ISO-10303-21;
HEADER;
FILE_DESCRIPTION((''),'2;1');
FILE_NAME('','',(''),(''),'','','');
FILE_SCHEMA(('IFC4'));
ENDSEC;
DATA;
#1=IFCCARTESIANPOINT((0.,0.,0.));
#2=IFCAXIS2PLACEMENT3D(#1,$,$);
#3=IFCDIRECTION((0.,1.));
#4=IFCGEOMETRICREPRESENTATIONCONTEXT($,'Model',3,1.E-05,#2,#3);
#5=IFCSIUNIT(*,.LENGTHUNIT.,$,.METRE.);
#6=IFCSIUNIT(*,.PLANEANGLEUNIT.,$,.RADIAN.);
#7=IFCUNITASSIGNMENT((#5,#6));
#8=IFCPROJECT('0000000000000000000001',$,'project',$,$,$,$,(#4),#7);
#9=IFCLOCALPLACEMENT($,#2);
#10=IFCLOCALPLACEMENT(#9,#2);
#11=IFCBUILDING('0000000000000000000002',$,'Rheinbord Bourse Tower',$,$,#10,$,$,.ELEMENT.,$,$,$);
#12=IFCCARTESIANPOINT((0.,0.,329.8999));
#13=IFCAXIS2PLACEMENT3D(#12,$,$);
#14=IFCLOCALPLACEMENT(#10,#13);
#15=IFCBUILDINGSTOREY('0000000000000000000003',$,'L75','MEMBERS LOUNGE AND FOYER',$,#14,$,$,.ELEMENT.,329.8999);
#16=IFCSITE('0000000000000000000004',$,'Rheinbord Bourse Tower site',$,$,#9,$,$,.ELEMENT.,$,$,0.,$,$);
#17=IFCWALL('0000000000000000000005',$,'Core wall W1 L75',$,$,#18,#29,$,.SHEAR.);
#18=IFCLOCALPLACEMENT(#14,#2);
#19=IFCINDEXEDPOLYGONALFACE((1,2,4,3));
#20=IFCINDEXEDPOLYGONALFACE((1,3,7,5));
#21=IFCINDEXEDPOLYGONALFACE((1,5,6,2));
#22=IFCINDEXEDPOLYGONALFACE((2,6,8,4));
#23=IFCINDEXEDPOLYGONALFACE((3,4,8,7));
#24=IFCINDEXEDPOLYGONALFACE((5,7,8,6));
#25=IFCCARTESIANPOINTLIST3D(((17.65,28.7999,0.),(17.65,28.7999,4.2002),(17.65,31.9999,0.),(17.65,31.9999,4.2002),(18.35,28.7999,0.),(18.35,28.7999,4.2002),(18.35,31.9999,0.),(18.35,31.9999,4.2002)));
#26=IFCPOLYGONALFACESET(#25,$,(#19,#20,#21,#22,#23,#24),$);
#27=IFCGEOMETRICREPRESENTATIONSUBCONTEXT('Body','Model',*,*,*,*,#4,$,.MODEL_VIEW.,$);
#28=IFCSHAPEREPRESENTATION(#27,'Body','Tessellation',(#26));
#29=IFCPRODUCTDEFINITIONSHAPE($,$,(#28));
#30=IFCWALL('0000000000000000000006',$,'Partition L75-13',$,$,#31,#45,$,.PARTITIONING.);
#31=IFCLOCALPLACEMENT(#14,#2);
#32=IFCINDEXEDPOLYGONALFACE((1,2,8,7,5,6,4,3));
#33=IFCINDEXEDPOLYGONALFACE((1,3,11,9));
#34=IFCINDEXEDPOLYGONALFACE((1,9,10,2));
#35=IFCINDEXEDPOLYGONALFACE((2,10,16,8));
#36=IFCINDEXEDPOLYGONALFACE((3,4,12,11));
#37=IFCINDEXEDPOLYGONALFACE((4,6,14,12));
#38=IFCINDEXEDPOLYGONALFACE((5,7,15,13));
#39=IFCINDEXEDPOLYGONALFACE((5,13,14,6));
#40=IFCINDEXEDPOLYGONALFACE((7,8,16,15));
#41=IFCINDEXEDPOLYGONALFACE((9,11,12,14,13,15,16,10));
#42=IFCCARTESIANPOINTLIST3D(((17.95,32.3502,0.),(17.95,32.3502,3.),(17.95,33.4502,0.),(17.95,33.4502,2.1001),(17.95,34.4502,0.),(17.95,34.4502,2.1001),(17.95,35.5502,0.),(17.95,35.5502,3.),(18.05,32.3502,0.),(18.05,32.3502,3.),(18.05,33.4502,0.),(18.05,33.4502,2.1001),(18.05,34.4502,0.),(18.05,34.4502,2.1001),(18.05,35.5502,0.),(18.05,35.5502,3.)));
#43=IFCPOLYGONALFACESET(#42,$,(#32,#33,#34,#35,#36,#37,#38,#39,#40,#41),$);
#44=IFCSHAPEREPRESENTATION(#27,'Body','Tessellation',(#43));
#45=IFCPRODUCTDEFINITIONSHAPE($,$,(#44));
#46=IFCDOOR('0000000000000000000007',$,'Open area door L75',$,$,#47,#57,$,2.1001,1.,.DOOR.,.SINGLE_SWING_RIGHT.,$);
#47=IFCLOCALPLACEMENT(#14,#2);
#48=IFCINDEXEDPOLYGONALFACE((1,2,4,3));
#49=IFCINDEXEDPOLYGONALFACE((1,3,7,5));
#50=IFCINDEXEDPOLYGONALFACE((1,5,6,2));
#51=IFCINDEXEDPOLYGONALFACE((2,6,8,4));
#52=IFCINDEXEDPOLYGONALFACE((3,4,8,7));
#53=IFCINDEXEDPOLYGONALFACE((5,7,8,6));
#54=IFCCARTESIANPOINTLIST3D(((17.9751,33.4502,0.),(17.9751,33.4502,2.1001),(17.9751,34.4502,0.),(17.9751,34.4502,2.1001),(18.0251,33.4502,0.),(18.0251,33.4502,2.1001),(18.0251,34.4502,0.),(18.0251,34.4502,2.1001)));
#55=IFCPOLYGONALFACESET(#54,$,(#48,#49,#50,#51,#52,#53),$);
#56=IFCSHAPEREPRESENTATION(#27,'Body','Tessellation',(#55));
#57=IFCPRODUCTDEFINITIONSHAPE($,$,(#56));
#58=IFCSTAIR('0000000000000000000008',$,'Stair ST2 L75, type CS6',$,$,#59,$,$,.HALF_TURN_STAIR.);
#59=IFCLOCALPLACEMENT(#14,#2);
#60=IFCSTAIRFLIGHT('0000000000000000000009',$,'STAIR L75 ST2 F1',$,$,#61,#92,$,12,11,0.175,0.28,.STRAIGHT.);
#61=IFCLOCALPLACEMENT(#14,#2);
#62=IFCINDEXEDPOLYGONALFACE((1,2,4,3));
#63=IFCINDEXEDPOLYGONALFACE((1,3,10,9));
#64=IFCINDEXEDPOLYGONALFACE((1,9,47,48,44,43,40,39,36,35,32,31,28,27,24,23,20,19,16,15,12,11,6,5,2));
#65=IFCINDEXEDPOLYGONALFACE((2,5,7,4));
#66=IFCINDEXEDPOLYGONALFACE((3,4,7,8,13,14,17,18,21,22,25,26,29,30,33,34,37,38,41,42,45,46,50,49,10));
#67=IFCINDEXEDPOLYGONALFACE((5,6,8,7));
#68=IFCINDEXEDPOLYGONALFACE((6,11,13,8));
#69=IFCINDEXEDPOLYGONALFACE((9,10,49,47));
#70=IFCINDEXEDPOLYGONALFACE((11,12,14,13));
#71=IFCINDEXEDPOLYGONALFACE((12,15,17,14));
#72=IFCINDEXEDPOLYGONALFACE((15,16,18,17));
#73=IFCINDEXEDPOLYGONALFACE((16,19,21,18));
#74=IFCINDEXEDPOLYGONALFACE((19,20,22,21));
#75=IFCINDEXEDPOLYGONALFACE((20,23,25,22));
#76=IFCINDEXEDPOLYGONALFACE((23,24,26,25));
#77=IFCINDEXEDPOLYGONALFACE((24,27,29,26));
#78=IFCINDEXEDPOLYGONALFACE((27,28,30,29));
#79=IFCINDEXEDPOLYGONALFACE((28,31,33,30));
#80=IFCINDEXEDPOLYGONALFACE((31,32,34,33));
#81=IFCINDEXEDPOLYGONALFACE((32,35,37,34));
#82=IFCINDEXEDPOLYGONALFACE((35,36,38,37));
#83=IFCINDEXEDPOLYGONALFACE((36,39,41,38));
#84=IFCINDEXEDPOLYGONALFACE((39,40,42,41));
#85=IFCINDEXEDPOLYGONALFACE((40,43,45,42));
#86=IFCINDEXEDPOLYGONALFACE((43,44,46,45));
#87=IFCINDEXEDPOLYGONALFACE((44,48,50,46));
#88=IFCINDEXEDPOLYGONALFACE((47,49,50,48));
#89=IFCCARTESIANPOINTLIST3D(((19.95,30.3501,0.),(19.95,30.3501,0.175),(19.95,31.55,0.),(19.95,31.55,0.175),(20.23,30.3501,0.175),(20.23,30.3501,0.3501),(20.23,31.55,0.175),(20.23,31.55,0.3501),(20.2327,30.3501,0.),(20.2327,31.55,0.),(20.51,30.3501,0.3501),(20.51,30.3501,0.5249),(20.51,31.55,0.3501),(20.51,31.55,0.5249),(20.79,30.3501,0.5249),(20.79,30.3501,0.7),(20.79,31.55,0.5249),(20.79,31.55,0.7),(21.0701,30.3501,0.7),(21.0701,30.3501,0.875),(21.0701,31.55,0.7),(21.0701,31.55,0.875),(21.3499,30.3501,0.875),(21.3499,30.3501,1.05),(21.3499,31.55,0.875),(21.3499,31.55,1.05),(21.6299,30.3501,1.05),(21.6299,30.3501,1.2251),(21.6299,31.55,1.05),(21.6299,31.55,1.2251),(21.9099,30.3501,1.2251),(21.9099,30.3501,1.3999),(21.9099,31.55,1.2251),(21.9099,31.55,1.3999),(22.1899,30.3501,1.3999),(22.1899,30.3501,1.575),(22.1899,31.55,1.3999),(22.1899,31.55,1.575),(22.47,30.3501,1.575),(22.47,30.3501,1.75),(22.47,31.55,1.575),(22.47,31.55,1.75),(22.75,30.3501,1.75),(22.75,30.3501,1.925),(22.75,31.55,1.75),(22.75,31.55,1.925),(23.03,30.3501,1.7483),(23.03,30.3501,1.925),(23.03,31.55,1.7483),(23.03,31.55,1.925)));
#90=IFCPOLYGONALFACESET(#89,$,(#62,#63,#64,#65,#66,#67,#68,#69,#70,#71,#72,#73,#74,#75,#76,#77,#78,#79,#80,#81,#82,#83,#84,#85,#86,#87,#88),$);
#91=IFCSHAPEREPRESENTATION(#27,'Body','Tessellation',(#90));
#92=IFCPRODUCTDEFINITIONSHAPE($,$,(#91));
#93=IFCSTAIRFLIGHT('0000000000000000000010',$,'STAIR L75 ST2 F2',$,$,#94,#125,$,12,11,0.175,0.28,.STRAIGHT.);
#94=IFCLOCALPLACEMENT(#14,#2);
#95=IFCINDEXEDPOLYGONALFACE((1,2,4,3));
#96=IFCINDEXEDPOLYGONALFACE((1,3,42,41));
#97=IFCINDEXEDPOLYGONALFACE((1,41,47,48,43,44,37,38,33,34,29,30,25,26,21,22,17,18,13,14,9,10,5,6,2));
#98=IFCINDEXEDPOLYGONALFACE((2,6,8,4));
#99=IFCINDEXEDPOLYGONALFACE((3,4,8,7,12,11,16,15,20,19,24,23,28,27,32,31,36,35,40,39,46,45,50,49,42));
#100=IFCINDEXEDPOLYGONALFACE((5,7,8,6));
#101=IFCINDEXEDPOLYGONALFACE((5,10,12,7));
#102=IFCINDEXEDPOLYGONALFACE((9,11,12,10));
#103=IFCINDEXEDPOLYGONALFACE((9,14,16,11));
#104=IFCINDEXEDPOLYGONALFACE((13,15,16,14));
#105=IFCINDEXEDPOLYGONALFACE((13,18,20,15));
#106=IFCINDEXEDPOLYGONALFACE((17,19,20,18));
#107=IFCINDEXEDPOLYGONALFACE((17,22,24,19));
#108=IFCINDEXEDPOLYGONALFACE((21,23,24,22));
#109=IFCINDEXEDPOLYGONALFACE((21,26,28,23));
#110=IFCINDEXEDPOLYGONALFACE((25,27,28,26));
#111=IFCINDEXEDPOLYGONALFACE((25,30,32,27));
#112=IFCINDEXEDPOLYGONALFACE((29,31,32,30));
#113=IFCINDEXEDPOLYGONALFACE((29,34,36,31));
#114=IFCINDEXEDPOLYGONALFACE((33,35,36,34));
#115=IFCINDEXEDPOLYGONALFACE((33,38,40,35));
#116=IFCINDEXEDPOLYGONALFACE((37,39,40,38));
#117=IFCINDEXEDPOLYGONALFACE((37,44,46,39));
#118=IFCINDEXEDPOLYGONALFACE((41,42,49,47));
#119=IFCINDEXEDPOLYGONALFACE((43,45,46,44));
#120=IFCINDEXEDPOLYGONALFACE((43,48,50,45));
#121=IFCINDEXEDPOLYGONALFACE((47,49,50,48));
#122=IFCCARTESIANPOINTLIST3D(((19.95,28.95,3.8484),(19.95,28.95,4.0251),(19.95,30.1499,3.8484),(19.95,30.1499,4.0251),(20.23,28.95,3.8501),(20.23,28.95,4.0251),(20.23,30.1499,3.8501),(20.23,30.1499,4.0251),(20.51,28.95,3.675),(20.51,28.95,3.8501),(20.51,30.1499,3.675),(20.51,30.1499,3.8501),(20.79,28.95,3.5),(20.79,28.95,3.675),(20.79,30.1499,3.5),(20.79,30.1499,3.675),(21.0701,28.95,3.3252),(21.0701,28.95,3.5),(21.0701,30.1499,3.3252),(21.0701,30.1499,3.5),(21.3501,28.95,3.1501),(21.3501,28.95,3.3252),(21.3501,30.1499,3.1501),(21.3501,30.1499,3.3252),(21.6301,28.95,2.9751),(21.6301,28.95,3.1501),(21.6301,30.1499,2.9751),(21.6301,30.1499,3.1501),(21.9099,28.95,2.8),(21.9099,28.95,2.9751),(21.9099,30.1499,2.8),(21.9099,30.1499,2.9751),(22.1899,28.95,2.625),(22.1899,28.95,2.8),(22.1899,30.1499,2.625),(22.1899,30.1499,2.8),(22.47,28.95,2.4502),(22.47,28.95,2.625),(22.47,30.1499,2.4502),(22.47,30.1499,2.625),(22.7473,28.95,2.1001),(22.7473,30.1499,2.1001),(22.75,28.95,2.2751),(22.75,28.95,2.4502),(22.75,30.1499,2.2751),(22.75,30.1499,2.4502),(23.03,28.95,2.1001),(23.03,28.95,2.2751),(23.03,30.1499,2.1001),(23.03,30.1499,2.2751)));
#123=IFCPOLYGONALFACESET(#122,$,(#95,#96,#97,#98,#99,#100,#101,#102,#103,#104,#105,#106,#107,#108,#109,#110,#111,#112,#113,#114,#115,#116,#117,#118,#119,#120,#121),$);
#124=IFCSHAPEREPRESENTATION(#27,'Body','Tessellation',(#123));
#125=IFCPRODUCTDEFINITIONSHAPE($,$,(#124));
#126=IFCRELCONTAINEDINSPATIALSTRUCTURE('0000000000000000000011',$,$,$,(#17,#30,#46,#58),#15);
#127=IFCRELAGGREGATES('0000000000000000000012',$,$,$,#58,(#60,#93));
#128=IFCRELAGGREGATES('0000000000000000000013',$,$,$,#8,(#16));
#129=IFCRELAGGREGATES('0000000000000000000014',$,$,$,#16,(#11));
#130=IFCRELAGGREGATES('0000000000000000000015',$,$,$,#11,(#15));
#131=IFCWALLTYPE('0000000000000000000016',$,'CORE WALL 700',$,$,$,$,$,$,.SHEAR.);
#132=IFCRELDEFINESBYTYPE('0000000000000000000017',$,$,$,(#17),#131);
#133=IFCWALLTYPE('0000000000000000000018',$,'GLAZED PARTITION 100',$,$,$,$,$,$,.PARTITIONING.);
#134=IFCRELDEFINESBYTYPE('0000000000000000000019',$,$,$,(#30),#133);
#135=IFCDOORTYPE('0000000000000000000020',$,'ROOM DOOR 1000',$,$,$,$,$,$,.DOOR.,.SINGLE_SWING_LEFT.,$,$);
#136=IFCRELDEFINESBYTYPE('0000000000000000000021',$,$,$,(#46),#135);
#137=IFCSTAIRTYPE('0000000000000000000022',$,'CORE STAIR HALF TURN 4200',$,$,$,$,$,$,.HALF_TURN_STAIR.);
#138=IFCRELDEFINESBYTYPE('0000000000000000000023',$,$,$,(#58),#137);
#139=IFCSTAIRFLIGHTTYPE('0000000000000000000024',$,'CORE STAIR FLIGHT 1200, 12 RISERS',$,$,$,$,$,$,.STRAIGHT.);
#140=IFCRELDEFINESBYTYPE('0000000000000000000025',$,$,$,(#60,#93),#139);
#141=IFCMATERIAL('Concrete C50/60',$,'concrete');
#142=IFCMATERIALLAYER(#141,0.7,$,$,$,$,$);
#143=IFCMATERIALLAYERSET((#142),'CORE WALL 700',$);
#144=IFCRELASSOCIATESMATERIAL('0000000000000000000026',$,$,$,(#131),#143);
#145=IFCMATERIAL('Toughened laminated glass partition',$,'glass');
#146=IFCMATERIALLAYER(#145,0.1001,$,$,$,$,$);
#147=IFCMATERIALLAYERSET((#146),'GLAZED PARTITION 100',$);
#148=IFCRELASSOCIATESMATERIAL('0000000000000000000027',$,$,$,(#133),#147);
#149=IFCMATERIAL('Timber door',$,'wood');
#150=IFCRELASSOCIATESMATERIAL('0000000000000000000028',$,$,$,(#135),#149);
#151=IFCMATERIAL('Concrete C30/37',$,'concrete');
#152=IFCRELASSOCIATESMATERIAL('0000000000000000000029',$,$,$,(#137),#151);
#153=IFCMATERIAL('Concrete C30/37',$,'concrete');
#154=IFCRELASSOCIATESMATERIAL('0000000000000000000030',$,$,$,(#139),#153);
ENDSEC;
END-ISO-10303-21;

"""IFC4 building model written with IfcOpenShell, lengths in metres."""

from ifc_helpers import new_model, si_unit, direction, frame, frame_2d, origin, place, context, subcontext, project, spatial, polyline, rectangle, outline, extrude, material, layer, layer_set, type_object, element, fill, aggregate, save


model = new_model("IFC4")

# Units and contexts
model_context = context("Model", 3, precision=1e-05, world=origin(), true_north=direction((0.0, 1.0)))
body_context = subcontext(model_context, "Body", "Model", "MODEL_VIEW")
ifc_project = project(units=[si_unit("LENGTHUNIT", "METRE"), si_unit("PLANEANGLEUNIT", "RADIAN")], contexts=[model_context])

# Site, building, storey
site_placement = place(None, origin())
site = spatial("IfcSite", under=ifc_project, at=site_placement, Name="Rheinbord Bourse Tower site", CompositionType="ELEMENT", RefElevation=0.0)
building_placement = place(site_placement, origin())
building = spatial("IfcBuilding", under=site, at=building_placement, Name="Rheinbord Bourse Tower", CompositionType="ELEMENT")
storey_placement = place(building_placement, frame((0.0, 0.0, 329.8999)))
storey = spatial("IfcBuildingStorey", under=building, at=storey_placement, Name="L75", Description="MEMBERS LOUNGE AND FOYER", CompositionType="ELEMENT", Elevation=329.8999)

# Wall
ifc_material_1 = material(Name="Concrete C50/60", Category="concrete")
ifc_layer_1 = layer(ifc_material_1, 0.7)
ifc_layer_set_1 = layer_set([ifc_layer_1], Name="CORE WALL 700")
wall_type_1 = type_object("IfcWallType", Name="CORE WALL 700", PredefinedType="SHEAR", material=ifc_layer_set_1)
wall_1_placement = place(storey_placement, frame((18.0, 32.0, 0.0), z_axis=(0.0, 0.0, 1.0), x_axis=(0.0, -1.0, 0.0)))
element("IfcWall", 1, at=wall_1_placement, inside=storey, type_object=wall_type_1, Name="Core wall W1 L75", PredefinedType="SHEAR", context=body_context, shape_type="SweptSolid", body=[
    extrude(rectangle(XDim=3.2, YDim=0.7, at=frame_2d((1.6001, 0.0))), origin(), (0.0, 0.0, 1.0), 4.2002),
])

# Wall, opening, door
ifc_material_2 = material(Name="Toughened laminated glass partition", Category="glass")
ifc_layer_2 = layer(ifc_material_2, 0.1001)
ifc_layer_set_2 = layer_set([ifc_layer_2], Name="GLAZED PARTITION 100")
wall_type_2 = type_object("IfcWallType", Name="GLAZED PARTITION 100", PredefinedType="PARTITIONING", material=ifc_layer_set_2)
wall_2_placement = place(storey_placement, frame((18.0, 32.3501, 0.0), z_axis=(0.0, 0.0, 1.0), x_axis=(0.0, 1.0, 0.0)))
wall_2 = element("IfcWall", 2, at=wall_2_placement, inside=storey, type_object=wall_type_2, Name="Partition L75-13", PredefinedType="PARTITIONING", context=body_context, shape_type="SweptSolid", body=[
    extrude(rectangle(XDim=3.2, YDim=0.1001, at=frame_2d((1.6001, 0.0))), origin(), (0.0, 0.0, 1.0), 3.0),
])
opening_1_placement = place(wall_2_placement, frame((1.1001, 0.0, 0.0)))
opening_1 = element("IfcOpeningElement", 3, at=opening_1_placement, cuts=wall_2, PredefinedType="OPENING", context=body_context, shape_type="SweptSolid", body=[
    extrude(rectangle(XDim=1.0, YDim=2.1001, at=frame_2d((0.5, 1.05))), frame((0.0, 0.0601, 0.0), z_axis=(0.0, -1.0, 0.0), x_axis=(1.0, 0.0, 0.0)), (0.0, 0.0, 1.0), 0.1201),
])
ifc_material_3 = material(Name="Timber door", Category="wood")
door_type_1 = type_object("IfcDoorType", Name="ROOM DOOR 1000", OperationType="SINGLE_SWING_LEFT", PredefinedType="DOOR", material=ifc_material_3)
door_1_placement = place(opening_1_placement, origin())
door_1 = element("IfcDoor", 4, at=door_1_placement, inside=storey, type_object=door_type_1, Name="Open area door L75", OperationType="SINGLE_SWING_RIGHT", OverallHeight=2.1001, OverallWidth=1.0, PredefinedType="DOOR", context=body_context, shape_type="SweptSolid", body=[
    extrude(rectangle(XDim=1.0, YDim=2.1001, at=frame_2d((0.5, 1.05))), frame((0.0, 0.0249, 0.0), z_axis=(0.0, -1.0, 0.0), x_axis=(1.0, 0.0, 0.0)), (0.0, 0.0, 1.0), 0.05),
])
fill(opening_1, door_1)

# Stair, stair flights
ifc_material_4 = material(Name="Concrete C30/37", Category="concrete")
stair_type = type_object("IfcStairType", Name="CORE STAIR HALF TURN 4200", PredefinedType="HALF_TURN_STAIR", material=ifc_material_4)
stair_placement = place(storey_placement, origin())
stair = element("IfcStair", 5, at=stair_placement, inside=storey, type_object=stair_type, Name="Stair ST2 L75, type CS6", PredefinedType="HALF_TURN_STAIR")
ifc_material_5 = material(Name="Concrete C30/37", Category="concrete")
stair_flight_type = type_object("IfcStairFlightType", Name="CORE STAIR FLIGHT 1200, 12 RISERS", PredefinedType="STRAIGHT", material=ifc_material_5)
stair_flight_1_placement = place(storey_placement, frame((19.95, 30.95, 0.0), z_axis=(0.0, 0.0, 1.0), x_axis=(1.0, 0.0, 0.0)))
stair_flight_1 = element("IfcStairFlight", 6, at=stair_flight_1_placement, type_object=stair_flight_type, Name="STAIR L75 ST2 F1", NumberOfRisers=12, NumberOfTreads=11, PredefinedType="STRAIGHT", RiserHeight=0.175, TreadLength=0.28, context=body_context, shape_type="SweptSolid", body=[
    extrude(outline(polyline([(0.0, 0.0), (0.0, 0.175), (0.28, 0.175), (0.28, 0.3501), (0.5601, 0.3501), (0.5601, 0.5249), (0.8401, 0.5249), (0.8401, 0.7), (1.1201, 0.7), (1.1201, 0.875), (1.3999, 0.875), (1.3999, 1.05), (1.6799, 1.05), (1.6799, 1.2251), (1.96, 1.2251), (1.96, 1.3999), (2.24, 1.3999), (2.24, 1.575), (2.52, 1.575), (2.52, 1.75), (2.8, 1.75), (2.8, 1.925), (3.0801, 1.925), (3.0801, 2.1001), (3.0801, 1.7483), (0.2827, 0.0), (0.0, 0.0)])), frame((0.0, 0.6001, 0.0), z_axis=(0.0, -1.0, 0.0), x_axis=(1.0, 0.0, 0.0)), (0.0, 0.0, 1.0), 1.2),
])
stair_flight_2_placement = place(storey_placement, frame((23.03, 29.55, 2.1001), z_axis=(0.0, 0.0, 1.0), x_axis=(-1.0, 0.0, 0.0)))
stair_flight_2 = element("IfcStairFlight", 7, at=stair_flight_2_placement, type_object=stair_flight_type, Name="STAIR L75 ST2 F2", NumberOfRisers=12, NumberOfTreads=11, PredefinedType="STRAIGHT", RiserHeight=0.175, TreadLength=0.28, context=body_context, shape_type="SweptSolid", body=[
    extrude(outline(polyline([(0.0, 0.0), (0.0, 0.175), (0.28, 0.175), (0.28, 0.3501), (0.5601, 0.3501), (0.5601, 0.5249), (0.8401, 0.5249), (0.8401, 0.7), (1.1201, 0.7), (1.1201, 0.875), (1.3999, 0.875), (1.3999, 1.05), (1.6799, 1.05), (1.6799, 1.2251), (1.96, 1.2251), (1.96, 1.3999), (2.24, 1.3999), (2.24, 1.575), (2.52, 1.575), (2.52, 1.75), (2.8, 1.75), (2.8, 1.925), (3.0801, 1.925), (3.0801, 2.1001), (3.0801, 1.7483), (0.2827, 0.0), (0.0, 0.0)])), frame((0.0, 0.6001, 0.0), z_axis=(0.0, -1.0, 0.0), x_axis=(1.0, 0.0, 0.0)), (0.0, 0.0, 1.0), 1.2),
])
aggregate(stair, [stair_flight_1, stair_flight_2])

save(model, "model.ifc")
